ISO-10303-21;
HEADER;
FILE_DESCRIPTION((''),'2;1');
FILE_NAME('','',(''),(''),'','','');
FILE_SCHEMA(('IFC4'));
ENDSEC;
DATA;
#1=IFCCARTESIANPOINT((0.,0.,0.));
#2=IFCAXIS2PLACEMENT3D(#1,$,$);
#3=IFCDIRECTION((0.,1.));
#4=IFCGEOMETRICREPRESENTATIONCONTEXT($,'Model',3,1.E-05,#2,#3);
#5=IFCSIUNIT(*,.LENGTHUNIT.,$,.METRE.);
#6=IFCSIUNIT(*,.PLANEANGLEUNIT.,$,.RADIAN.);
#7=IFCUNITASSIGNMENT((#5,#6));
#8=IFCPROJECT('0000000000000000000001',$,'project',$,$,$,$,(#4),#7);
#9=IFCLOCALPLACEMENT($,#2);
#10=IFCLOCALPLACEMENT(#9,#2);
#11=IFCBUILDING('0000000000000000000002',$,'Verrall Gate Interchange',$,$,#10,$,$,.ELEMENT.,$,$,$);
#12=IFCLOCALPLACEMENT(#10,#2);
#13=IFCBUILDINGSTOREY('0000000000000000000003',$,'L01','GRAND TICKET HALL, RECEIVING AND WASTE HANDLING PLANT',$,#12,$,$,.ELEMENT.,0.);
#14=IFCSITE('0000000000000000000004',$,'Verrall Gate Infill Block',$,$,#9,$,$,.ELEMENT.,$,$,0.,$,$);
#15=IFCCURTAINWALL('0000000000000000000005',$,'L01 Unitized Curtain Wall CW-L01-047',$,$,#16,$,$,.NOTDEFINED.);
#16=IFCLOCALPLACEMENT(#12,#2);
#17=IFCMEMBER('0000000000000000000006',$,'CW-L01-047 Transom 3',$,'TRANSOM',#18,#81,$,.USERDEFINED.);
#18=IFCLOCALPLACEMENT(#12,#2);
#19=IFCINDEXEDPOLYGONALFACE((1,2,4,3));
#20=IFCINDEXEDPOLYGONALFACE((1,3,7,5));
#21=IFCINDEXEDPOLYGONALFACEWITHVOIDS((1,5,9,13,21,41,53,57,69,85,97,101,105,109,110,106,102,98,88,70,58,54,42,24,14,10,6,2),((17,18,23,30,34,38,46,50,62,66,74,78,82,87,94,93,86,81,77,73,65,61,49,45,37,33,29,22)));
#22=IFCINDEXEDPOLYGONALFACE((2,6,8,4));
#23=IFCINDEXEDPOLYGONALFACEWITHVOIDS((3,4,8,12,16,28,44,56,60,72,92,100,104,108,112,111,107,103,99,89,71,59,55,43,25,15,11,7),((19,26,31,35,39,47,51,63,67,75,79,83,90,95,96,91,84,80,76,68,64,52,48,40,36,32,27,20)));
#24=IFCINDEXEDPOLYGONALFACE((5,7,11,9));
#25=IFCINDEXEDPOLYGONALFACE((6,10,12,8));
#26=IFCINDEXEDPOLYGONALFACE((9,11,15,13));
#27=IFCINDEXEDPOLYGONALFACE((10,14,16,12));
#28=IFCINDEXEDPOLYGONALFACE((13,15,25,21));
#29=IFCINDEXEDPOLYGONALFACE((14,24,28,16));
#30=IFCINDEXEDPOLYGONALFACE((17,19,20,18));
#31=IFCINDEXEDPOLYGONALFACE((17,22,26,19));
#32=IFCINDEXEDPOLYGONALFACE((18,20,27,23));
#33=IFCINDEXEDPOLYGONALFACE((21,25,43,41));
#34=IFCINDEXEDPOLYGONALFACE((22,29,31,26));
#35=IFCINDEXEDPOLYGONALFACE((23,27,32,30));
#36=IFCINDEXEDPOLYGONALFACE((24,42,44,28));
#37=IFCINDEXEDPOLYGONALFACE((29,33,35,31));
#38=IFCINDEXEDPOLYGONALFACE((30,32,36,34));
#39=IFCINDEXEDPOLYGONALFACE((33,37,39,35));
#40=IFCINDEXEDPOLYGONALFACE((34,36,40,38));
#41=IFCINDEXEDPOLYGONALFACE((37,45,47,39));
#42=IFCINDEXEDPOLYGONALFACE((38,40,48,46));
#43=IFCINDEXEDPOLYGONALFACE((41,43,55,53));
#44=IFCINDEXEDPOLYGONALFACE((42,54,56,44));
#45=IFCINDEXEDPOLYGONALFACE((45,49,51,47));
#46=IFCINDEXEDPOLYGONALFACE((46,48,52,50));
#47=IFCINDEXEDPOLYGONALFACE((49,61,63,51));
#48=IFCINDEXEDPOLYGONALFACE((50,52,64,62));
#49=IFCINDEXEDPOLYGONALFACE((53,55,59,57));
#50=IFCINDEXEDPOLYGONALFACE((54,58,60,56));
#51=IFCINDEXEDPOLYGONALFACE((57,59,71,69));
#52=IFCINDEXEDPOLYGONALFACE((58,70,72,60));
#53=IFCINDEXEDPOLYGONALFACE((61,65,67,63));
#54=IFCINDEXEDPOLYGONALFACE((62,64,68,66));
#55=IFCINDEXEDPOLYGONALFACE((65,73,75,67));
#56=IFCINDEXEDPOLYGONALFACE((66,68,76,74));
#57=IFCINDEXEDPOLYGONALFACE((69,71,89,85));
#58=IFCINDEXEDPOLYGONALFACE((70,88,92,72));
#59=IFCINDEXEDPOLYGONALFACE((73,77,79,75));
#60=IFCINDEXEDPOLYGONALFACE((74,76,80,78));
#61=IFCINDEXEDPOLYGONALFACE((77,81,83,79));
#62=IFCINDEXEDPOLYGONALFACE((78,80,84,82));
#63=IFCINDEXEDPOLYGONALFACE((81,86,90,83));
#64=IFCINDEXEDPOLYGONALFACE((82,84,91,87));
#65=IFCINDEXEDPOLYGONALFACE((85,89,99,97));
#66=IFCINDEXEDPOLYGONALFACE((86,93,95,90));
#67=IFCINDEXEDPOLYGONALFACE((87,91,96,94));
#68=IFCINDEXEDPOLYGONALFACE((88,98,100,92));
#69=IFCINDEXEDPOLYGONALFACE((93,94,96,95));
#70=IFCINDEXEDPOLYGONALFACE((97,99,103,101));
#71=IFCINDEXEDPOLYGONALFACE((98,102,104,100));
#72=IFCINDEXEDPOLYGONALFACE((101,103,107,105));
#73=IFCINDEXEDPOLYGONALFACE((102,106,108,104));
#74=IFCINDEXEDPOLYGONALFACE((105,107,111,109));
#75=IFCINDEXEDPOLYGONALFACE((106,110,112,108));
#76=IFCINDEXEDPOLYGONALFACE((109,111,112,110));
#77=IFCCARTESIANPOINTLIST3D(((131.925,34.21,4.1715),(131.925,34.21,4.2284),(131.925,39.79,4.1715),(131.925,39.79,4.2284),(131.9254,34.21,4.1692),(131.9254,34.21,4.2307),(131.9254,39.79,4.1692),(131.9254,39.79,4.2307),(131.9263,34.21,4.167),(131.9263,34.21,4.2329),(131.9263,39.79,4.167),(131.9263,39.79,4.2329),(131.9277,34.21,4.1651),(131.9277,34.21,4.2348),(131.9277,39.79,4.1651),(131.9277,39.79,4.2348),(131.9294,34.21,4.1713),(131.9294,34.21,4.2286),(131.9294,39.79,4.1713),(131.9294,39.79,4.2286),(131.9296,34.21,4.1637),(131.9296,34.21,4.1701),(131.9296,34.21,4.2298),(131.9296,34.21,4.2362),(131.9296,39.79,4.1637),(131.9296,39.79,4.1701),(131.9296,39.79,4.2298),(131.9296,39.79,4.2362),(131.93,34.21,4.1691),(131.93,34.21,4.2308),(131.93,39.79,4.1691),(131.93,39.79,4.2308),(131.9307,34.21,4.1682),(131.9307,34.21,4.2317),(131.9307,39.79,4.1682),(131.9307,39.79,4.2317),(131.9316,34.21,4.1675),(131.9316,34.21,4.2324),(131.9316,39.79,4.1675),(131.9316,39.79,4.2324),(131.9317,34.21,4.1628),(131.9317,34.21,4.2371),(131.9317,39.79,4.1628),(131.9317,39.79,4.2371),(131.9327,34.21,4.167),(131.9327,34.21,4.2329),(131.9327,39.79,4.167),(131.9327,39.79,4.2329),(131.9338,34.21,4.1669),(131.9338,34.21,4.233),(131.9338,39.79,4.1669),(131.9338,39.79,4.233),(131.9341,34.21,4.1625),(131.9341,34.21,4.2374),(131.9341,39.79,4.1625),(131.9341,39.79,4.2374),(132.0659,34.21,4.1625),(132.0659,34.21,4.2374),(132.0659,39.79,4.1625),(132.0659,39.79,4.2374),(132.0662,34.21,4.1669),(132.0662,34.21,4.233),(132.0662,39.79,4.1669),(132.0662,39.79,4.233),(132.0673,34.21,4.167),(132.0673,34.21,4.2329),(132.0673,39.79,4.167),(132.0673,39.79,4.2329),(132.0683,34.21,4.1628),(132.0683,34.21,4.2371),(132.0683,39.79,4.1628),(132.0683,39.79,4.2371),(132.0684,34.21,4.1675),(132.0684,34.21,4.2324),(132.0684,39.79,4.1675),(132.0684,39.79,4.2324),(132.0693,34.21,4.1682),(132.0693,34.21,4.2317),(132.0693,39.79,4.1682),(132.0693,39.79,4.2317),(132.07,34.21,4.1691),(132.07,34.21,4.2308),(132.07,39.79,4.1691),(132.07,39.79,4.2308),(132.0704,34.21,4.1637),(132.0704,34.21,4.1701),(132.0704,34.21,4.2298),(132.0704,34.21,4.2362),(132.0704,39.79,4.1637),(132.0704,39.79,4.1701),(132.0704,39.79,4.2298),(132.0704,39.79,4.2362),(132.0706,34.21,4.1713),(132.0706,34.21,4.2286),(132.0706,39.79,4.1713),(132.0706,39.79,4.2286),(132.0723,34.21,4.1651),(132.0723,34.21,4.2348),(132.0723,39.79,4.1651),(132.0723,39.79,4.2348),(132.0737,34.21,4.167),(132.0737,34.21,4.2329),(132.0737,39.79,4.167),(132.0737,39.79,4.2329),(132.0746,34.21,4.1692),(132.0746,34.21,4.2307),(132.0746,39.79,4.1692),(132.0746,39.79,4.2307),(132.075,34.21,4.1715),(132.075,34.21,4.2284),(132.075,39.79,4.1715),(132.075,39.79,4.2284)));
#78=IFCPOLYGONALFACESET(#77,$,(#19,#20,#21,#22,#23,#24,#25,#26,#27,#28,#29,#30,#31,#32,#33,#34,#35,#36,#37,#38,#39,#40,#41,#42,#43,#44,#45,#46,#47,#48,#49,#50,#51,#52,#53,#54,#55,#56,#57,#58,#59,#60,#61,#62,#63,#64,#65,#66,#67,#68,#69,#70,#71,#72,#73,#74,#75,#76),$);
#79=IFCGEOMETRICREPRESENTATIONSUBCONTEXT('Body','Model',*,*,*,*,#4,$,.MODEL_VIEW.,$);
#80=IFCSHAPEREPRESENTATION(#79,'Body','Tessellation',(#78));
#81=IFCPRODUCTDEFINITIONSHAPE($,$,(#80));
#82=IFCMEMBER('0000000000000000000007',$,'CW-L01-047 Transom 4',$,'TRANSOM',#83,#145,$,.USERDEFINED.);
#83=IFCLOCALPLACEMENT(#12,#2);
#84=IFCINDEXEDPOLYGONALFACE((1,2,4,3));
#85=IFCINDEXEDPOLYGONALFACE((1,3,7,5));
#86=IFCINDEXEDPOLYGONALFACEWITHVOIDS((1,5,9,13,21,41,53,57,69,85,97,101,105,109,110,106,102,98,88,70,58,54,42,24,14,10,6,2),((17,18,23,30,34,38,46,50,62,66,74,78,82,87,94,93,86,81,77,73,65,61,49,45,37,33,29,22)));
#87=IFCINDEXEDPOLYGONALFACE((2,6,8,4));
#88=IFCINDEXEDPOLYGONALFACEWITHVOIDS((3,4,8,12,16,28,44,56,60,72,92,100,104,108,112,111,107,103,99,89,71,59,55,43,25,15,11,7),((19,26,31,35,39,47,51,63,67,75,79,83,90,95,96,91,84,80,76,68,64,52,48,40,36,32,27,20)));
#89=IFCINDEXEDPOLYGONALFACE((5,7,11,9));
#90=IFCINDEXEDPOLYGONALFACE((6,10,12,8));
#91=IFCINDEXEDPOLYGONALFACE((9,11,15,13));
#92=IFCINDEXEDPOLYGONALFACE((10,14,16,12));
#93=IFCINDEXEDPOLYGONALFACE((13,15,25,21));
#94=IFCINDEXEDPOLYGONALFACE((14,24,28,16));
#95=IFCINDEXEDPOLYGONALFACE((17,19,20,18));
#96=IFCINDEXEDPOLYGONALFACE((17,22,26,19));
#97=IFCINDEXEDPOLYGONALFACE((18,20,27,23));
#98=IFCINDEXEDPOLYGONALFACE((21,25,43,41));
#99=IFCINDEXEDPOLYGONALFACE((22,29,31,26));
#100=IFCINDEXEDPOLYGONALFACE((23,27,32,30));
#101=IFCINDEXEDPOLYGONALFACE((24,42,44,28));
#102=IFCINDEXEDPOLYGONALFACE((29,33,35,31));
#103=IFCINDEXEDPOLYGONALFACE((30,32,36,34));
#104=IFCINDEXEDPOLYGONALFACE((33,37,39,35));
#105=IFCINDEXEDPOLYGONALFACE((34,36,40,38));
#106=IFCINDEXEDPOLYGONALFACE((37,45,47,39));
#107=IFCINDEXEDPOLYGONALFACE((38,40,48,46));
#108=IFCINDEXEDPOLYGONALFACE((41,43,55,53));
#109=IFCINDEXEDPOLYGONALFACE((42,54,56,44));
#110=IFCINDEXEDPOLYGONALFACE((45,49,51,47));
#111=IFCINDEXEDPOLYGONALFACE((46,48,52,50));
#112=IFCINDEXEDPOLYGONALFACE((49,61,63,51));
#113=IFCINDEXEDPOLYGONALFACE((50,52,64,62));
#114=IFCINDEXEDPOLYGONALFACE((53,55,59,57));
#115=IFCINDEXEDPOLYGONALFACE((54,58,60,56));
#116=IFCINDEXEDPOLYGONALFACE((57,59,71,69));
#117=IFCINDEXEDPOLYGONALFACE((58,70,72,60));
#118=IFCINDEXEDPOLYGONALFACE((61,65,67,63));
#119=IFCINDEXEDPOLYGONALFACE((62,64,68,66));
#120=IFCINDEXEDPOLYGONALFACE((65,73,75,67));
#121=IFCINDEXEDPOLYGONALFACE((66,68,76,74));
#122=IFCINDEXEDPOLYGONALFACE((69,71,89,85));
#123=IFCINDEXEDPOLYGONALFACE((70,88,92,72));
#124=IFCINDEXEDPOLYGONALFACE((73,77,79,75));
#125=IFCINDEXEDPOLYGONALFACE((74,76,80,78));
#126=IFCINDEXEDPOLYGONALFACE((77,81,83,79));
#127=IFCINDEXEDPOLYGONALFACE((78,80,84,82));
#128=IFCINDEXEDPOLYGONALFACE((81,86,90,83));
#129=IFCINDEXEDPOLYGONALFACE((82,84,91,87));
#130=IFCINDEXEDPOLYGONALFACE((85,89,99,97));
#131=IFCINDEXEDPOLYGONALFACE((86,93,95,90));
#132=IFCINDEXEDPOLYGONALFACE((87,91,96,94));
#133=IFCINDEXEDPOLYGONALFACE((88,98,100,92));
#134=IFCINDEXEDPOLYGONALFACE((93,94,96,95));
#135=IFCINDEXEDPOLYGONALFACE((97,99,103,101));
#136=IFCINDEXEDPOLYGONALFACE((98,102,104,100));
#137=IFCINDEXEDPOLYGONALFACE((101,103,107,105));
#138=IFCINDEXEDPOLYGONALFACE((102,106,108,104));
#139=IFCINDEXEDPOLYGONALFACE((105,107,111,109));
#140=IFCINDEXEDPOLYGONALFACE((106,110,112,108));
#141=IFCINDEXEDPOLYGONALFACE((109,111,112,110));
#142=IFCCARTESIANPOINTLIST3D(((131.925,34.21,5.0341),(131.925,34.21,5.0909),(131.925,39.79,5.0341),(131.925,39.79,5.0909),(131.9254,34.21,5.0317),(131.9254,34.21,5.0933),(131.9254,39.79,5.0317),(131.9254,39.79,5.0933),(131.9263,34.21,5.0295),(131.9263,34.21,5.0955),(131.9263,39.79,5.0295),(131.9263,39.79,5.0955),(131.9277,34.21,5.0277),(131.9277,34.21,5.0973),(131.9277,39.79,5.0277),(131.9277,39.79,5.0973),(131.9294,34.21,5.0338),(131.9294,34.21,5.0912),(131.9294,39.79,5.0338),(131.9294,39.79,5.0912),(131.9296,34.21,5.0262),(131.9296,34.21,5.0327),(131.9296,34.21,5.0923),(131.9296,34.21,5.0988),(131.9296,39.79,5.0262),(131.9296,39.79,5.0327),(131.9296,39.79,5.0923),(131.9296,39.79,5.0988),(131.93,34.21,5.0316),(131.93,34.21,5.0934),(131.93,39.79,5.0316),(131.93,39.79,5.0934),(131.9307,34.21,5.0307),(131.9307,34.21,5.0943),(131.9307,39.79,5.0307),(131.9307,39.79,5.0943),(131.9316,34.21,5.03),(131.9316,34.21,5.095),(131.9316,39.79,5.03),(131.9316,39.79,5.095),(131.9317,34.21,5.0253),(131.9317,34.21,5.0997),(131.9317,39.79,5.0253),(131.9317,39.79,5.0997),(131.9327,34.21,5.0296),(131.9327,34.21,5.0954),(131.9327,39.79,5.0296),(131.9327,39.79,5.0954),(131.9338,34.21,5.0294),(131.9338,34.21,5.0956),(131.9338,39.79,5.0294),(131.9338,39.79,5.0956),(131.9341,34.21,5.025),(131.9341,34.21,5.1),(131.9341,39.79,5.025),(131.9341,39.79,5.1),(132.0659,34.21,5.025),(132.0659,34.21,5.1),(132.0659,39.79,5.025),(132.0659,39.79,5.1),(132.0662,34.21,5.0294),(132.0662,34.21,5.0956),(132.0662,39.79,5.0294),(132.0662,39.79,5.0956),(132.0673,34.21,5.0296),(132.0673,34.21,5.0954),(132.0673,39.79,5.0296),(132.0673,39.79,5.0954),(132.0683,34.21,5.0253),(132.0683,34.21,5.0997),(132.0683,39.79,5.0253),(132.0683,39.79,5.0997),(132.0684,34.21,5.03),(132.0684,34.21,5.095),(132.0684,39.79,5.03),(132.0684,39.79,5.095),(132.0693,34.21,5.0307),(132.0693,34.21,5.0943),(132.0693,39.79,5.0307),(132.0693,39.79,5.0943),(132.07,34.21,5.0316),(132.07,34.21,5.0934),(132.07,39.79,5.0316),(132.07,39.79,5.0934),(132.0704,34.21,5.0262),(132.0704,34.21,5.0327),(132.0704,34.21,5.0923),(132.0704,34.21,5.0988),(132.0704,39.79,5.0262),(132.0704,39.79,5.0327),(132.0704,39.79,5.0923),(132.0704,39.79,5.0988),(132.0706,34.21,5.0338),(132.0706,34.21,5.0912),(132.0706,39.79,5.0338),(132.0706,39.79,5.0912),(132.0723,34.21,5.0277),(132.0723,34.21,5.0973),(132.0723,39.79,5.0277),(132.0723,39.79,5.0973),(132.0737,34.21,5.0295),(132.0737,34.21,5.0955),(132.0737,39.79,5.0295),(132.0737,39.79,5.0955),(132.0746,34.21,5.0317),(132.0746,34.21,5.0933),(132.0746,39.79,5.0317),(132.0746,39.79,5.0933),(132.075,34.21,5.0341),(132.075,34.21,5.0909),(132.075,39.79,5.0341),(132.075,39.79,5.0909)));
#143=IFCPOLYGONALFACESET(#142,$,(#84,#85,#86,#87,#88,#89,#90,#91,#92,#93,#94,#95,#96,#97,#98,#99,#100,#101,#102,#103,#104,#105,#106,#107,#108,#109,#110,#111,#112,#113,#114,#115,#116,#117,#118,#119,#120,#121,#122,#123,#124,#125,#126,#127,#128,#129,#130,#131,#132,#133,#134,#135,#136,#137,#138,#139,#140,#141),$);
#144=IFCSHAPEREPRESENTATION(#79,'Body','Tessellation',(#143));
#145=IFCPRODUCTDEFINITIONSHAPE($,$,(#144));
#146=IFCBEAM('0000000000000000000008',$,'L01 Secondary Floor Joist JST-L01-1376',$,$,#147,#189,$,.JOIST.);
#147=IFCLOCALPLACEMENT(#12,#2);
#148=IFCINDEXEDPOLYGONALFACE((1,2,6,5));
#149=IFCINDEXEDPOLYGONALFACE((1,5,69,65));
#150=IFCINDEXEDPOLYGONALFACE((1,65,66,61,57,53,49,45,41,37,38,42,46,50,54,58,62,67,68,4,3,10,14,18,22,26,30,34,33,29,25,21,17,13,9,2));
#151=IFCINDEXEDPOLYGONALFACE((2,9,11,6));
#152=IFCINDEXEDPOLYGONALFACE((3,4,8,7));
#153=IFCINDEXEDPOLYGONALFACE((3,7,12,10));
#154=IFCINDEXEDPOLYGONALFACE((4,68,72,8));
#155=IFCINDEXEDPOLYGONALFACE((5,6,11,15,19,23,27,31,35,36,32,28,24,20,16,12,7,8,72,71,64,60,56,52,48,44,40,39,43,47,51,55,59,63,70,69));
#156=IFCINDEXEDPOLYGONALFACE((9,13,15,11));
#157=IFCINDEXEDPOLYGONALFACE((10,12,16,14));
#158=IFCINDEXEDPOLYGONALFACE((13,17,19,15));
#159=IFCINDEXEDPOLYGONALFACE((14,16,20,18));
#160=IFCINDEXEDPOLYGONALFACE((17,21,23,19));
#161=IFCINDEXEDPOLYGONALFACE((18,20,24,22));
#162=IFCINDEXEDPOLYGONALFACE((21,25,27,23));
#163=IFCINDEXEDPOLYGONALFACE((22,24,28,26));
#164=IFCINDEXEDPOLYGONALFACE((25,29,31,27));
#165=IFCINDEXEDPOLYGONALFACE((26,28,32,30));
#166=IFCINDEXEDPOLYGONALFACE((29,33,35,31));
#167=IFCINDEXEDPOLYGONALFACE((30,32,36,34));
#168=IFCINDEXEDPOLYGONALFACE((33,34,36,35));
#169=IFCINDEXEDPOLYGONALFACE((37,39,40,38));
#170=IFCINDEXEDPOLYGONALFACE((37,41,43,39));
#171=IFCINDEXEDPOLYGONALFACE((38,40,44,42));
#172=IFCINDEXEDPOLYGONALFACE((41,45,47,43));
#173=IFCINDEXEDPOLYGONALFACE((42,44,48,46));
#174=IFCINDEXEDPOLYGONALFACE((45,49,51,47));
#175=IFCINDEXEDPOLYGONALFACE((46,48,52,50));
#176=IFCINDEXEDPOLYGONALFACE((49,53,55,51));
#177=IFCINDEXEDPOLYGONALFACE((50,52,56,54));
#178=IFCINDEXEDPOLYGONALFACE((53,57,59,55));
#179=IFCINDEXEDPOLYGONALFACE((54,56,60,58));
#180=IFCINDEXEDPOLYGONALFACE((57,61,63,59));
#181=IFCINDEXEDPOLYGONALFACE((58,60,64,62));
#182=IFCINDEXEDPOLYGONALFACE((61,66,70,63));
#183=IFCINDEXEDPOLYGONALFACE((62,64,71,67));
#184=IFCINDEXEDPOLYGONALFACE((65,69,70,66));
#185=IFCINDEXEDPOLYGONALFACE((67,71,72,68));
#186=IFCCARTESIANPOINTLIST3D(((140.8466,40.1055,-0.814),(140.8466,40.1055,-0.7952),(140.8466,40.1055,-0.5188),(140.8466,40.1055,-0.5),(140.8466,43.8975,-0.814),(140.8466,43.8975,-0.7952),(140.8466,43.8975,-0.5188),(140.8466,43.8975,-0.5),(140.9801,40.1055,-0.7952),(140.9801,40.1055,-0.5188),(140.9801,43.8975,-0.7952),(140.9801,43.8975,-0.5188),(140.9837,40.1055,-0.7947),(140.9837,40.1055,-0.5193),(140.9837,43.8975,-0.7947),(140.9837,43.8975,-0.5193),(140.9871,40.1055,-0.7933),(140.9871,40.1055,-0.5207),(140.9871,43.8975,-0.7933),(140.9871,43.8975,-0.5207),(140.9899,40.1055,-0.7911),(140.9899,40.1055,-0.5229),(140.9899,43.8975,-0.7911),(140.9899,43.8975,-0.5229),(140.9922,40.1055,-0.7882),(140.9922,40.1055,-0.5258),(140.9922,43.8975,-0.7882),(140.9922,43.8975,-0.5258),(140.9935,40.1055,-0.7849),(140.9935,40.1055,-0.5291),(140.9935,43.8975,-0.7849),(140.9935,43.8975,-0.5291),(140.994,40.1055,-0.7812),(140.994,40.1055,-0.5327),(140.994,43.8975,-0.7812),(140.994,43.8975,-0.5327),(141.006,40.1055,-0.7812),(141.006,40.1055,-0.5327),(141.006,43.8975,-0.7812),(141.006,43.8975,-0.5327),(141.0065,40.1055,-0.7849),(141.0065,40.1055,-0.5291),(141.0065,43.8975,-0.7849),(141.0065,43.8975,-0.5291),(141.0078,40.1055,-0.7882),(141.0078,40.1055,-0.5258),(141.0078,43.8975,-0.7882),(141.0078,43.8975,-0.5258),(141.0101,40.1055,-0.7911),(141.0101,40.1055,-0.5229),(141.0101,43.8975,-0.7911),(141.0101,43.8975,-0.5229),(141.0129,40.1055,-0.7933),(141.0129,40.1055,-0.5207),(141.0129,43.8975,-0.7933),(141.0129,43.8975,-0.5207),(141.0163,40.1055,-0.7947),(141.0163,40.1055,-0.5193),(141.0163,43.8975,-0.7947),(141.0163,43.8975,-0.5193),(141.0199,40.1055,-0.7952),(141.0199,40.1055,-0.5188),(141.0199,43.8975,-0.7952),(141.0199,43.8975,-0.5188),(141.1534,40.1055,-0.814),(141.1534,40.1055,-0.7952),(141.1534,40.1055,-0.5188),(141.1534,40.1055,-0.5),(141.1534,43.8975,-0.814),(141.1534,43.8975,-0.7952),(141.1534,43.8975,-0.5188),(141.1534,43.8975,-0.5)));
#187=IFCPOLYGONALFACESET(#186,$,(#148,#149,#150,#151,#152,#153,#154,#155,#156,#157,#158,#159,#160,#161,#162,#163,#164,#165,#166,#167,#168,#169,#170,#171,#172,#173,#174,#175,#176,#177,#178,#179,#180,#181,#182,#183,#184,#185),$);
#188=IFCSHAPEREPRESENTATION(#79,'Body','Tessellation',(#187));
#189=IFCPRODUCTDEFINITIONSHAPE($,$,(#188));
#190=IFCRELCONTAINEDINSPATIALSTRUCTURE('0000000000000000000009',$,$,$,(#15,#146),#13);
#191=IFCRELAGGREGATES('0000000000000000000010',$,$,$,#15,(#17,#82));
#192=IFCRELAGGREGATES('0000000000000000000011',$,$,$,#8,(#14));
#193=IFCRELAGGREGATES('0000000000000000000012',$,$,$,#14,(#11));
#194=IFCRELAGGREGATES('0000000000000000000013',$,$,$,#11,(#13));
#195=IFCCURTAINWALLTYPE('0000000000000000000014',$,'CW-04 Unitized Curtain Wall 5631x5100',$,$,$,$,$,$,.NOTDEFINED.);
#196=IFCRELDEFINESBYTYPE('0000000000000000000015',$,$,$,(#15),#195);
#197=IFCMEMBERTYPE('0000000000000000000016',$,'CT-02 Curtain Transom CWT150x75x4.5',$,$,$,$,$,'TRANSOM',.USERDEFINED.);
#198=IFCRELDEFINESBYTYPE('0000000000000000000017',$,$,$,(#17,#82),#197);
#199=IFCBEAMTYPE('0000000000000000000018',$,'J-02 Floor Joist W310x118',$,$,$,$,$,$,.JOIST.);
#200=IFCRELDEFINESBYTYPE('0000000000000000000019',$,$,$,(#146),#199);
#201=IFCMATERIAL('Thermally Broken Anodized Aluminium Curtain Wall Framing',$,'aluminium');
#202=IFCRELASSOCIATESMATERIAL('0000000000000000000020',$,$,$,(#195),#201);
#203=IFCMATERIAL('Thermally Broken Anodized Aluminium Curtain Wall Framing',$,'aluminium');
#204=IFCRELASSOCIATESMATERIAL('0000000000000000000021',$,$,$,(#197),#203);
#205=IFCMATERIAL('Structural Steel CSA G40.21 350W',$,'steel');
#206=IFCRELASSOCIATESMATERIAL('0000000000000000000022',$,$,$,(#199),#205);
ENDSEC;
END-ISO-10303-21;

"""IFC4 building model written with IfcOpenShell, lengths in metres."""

from ifc_helpers import new_model, si_unit, direction, frame, origin, origin_2d, place, context, subcontext, project, spatial, hollow_rectangle, i_section, extrude, material, material_profile, profile_set, type_object, element, aggregate, save


model = new_model("IFC4")

# Units and contexts
model_context = context("Model", 3, precision=1e-05, world=origin(), true_north=direction((0.0, 1.0)))
body_context = subcontext(model_context, "Body", "Model", "MODEL_VIEW")
ifc_project = project(units=[si_unit("LENGTHUNIT", "METRE"), si_unit("PLANEANGLEUNIT", "RADIAN")], contexts=[model_context])

# Site, building, storey
site_placement = place(None, origin())
site = spatial("IfcSite", under=ifc_project, at=site_placement, Name="Verrall Gate Infill Block", CompositionType="ELEMENT", RefElevation=0.0)
building_placement = place(site_placement, origin())
building = spatial("IfcBuilding", under=site, at=building_placement, Name="Verrall Gate Interchange", CompositionType="ELEMENT")
storey_placement = place(building_placement, origin())
storey = spatial("IfcBuildingStorey", under=building, at=storey_placement, Name="L01", Description="GRAND TICKET HALL, RECEIVING AND WASTE HANDLING PLANT", CompositionType="ELEMENT", Elevation=0.0)

# Curtain wall, members
ifc_material_1 = material(Name="Thermally Broken Anodized Aluminium Curtain Wall Framing", Category="aluminium")
curtain_wall_type = type_object("IfcCurtainWallType", Name="CW-04 Unitized Curtain Wall 5631x5100", PredefinedType="NOTDEFINED", material=ifc_material_1)
curtain_wall_placement = place(storey_placement, origin())
curtain_wall = element("IfcCurtainWall", 1, at=curtain_wall_placement, inside=storey, type_object=curtain_wall_type, Name="L01 Unitized Curtain Wall CW-L01-047", PredefinedType="NOTDEFINED")
ifc_material_2 = material(Name="Thermally Broken Anodized Aluminium Curtain Wall Framing", Category="aluminium")
ifc_material_profile_1 = material_profile(ifc_material_2, hollow_rectangle(XDim=0.1499, YDim=0.075, WallThickness=0.0044, InnerFilletRadius=0.0044, OuterFilletRadius=0.009, at=origin_2d()), Name="CWT150x75x4.5")
ifc_profile_set_1 = profile_set([ifc_material_profile_1], Name="Thermally Broken Anodized Aluminium Curtain Wall Framing")
member_type = type_object("IfcMemberType", Name="CT-02 Curtain Transom CWT150x75x4.5", ElementType="TRANSOM", PredefinedType="USERDEFINED", material=ifc_profile_set_1)
member_1_placement = place(storey_placement, frame((132.0, 39.79, 4.2), z_axis=(0.0, -1.0, 0.0), x_axis=(1.0, 0.0, 0.0)))
member_1 = element("IfcMember", 2, at=member_1_placement, type_object=member_type, Name="CW-L01-047 Transom 3", ObjectType="TRANSOM", PredefinedType="USERDEFINED", context=body_context, shape_type="SweptSolid", body=[
    extrude(hollow_rectangle(XDim=0.1499, YDim=0.075, WallThickness=0.0044, InnerFilletRadius=0.0044, OuterFilletRadius=0.009, at=origin_2d()), origin(), (0.0, 0.0, 1.0), 5.5801),
])
member_2_placement = place(storey_placement, frame((132.0, 39.79, 5.0625), z_axis=(0.0, -1.0, 0.0), x_axis=(1.0, 0.0, 0.0)))
member_2 = element("IfcMember", 3, at=member_2_placement, type_object=member_type, Name="CW-L01-047 Transom 4", ObjectType="TRANSOM", PredefinedType="USERDEFINED", context=body_context, shape_type="SweptSolid", body=[
    extrude(hollow_rectangle(XDim=0.1499, YDim=0.075, WallThickness=0.0044, InnerFilletRadius=0.0044, OuterFilletRadius=0.009, at=origin_2d()), origin(), (0.0, 0.0, 1.0), 5.5801),
])
aggregate(curtain_wall, [member_1, member_2])

# Beam
ifc_material_3 = material(Name="Structural Steel CSA G40.21 350W", Category="steel")
ifc_material_profile_2 = material_profile(ifc_material_3, i_section(OverallWidth=0.3069, OverallDepth=0.314, WebThickness=0.012, FlangeThickness=0.0188, FilletRadius=0.0139, at=origin_2d()), Name="W310x118")
ifc_profile_set_2 = profile_set([ifc_material_profile_2], Name="Structural Steel CSA G40.21 350W")
beam_type_1 = type_object("IfcBeamType", Name="J-02 Floor Joist W310x118", PredefinedType="JOIST", material=ifc_profile_set_2)
beam_1_placement = place(storey_placement, frame((141.0, 40.1055, -0.657), z_axis=(0.0, 1.0, 0.0), x_axis=(-1.0, 0.0, 0.0)))
element("IfcBeam", 4, at=beam_1_placement, inside=storey, type_object=beam_type_1, Name="L01 Secondary Floor Joist JST-L01-1376", PredefinedType="JOIST", context=body_context, shape_type="SweptSolid", body=[
    extrude(i_section(OverallWidth=0.3069, OverallDepth=0.314, WebThickness=0.012, FlangeThickness=0.0188, FilletRadius=0.0139, at=origin_2d()), origin(), (0.0, 0.0, 1.0), 3.792),
])

save(model, "model.ifc")
